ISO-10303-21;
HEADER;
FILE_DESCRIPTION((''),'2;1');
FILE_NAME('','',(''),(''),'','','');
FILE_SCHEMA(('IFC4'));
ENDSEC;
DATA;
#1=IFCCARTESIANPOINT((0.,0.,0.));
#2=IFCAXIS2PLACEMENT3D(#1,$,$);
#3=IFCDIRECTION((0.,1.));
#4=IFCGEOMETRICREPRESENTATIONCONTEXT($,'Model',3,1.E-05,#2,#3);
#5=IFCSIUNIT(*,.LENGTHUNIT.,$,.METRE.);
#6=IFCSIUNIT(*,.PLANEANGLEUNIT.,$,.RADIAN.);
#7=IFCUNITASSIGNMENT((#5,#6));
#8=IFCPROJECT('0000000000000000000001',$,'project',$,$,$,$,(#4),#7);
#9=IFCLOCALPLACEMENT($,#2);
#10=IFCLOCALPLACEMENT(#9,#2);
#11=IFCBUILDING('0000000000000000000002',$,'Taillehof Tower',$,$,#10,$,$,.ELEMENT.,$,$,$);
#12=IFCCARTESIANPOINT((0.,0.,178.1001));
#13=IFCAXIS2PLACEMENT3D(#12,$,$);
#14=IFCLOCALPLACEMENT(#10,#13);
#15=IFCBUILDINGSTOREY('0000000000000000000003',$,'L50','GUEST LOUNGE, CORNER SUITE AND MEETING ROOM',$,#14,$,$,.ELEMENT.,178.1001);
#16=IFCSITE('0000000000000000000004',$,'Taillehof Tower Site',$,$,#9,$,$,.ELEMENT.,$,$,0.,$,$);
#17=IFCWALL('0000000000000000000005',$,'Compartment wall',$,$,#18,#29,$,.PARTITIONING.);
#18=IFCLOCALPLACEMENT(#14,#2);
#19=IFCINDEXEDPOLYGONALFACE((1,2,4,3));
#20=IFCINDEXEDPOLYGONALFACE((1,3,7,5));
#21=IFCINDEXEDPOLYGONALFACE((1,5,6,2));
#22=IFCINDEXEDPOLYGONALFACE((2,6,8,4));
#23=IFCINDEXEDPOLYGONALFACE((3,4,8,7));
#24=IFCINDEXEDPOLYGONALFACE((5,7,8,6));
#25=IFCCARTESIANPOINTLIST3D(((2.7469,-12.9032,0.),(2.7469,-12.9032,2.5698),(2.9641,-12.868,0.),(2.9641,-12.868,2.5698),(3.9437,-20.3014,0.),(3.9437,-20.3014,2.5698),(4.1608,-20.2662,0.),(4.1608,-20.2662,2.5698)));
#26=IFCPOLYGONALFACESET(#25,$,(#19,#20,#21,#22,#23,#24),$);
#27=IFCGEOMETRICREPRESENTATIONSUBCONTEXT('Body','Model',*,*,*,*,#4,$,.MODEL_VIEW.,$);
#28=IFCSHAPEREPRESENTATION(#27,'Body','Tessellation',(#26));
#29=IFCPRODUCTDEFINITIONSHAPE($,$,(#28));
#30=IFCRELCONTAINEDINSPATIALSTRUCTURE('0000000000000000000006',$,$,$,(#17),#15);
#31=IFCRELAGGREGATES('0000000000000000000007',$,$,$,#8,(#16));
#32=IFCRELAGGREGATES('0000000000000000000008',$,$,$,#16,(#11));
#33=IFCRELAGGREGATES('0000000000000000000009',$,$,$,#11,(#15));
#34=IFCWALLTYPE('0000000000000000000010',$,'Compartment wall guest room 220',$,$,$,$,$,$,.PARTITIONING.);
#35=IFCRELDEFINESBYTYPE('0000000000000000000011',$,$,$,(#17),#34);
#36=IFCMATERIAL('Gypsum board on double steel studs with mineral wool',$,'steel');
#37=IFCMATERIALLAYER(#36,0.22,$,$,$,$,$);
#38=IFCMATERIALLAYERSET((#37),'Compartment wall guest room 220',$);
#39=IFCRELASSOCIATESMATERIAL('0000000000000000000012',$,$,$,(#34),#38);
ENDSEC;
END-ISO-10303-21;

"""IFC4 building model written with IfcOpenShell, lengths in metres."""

from ifc_helpers import new_model, si_unit, direction, frame, frame_2d, origin, place, context, subcontext, project, spatial, rectangle, extrude, material, layer, layer_set, type_object, element, save


model = new_model("IFC4")

# Units and contexts
model_context = context("Model", 3, precision=1e-05, world=origin(), true_north=direction((0.0, 1.0)))
body_context = subcontext(model_context, "Body", "Model", "MODEL_VIEW")
ifc_project = project(units=[si_unit("LENGTHUNIT", "METRE"), si_unit("PLANEANGLEUNIT", "RADIAN")], contexts=[model_context])

# Site, building, storey
site_placement = place(None, origin())
site = spatial("IfcSite", under=ifc_project, at=site_placement, Name="Taillehof Tower Site", CompositionType="ELEMENT", RefElevation=0.0)
building_placement = place(site_placement, origin())
building = spatial("IfcBuilding", under=site, at=building_placement, Name="Taillehof Tower", CompositionType="ELEMENT")
storey_placement = place(building_placement, frame((0.0, 0.0, 178.1001)))
storey = spatial("IfcBuildingStorey", under=building, at=storey_placement, Name="L50", Description="GUEST LOUNGE, CORNER SUITE AND MEETING ROOM", CompositionType="ELEMENT", Elevation=178.1001)

# Wall
ifc_material_1 = material(Name="Gypsum board on double steel studs with mineral wool", Category="steel")
ifc_layer_1 = layer(ifc_material_1, 0.22)
ifc_layer_set_1 = layer_set([ifc_layer_1], Name="Compartment wall guest room 220")
wall_type_1 = type_object("IfcWallType", Name="Compartment wall guest room 220", PredefinedType="PARTITIONING", material=ifc_layer_set_1)
wall_1_placement = place(storey_placement, frame((4.0522, -20.2837, 0.0), z_axis=(0.0, 0.0, 1.0), x_axis=(-0.15969, 0.987167, 0.0)))
element("IfcWall", 1, at=wall_1_placement, inside=storey, type_object=wall_type_1, Name="Compartment wall", PredefinedType="PARTITIONING", context=body_context, shape_type="SweptSolid", body=[
    extrude(rectangle(XDim=7.4944, YDim=0.22, at=frame_2d((3.7471, 0.0))), origin(), (0.0, 0.0, 1.0), 2.5698),
])

save(model, "model.ifc")
